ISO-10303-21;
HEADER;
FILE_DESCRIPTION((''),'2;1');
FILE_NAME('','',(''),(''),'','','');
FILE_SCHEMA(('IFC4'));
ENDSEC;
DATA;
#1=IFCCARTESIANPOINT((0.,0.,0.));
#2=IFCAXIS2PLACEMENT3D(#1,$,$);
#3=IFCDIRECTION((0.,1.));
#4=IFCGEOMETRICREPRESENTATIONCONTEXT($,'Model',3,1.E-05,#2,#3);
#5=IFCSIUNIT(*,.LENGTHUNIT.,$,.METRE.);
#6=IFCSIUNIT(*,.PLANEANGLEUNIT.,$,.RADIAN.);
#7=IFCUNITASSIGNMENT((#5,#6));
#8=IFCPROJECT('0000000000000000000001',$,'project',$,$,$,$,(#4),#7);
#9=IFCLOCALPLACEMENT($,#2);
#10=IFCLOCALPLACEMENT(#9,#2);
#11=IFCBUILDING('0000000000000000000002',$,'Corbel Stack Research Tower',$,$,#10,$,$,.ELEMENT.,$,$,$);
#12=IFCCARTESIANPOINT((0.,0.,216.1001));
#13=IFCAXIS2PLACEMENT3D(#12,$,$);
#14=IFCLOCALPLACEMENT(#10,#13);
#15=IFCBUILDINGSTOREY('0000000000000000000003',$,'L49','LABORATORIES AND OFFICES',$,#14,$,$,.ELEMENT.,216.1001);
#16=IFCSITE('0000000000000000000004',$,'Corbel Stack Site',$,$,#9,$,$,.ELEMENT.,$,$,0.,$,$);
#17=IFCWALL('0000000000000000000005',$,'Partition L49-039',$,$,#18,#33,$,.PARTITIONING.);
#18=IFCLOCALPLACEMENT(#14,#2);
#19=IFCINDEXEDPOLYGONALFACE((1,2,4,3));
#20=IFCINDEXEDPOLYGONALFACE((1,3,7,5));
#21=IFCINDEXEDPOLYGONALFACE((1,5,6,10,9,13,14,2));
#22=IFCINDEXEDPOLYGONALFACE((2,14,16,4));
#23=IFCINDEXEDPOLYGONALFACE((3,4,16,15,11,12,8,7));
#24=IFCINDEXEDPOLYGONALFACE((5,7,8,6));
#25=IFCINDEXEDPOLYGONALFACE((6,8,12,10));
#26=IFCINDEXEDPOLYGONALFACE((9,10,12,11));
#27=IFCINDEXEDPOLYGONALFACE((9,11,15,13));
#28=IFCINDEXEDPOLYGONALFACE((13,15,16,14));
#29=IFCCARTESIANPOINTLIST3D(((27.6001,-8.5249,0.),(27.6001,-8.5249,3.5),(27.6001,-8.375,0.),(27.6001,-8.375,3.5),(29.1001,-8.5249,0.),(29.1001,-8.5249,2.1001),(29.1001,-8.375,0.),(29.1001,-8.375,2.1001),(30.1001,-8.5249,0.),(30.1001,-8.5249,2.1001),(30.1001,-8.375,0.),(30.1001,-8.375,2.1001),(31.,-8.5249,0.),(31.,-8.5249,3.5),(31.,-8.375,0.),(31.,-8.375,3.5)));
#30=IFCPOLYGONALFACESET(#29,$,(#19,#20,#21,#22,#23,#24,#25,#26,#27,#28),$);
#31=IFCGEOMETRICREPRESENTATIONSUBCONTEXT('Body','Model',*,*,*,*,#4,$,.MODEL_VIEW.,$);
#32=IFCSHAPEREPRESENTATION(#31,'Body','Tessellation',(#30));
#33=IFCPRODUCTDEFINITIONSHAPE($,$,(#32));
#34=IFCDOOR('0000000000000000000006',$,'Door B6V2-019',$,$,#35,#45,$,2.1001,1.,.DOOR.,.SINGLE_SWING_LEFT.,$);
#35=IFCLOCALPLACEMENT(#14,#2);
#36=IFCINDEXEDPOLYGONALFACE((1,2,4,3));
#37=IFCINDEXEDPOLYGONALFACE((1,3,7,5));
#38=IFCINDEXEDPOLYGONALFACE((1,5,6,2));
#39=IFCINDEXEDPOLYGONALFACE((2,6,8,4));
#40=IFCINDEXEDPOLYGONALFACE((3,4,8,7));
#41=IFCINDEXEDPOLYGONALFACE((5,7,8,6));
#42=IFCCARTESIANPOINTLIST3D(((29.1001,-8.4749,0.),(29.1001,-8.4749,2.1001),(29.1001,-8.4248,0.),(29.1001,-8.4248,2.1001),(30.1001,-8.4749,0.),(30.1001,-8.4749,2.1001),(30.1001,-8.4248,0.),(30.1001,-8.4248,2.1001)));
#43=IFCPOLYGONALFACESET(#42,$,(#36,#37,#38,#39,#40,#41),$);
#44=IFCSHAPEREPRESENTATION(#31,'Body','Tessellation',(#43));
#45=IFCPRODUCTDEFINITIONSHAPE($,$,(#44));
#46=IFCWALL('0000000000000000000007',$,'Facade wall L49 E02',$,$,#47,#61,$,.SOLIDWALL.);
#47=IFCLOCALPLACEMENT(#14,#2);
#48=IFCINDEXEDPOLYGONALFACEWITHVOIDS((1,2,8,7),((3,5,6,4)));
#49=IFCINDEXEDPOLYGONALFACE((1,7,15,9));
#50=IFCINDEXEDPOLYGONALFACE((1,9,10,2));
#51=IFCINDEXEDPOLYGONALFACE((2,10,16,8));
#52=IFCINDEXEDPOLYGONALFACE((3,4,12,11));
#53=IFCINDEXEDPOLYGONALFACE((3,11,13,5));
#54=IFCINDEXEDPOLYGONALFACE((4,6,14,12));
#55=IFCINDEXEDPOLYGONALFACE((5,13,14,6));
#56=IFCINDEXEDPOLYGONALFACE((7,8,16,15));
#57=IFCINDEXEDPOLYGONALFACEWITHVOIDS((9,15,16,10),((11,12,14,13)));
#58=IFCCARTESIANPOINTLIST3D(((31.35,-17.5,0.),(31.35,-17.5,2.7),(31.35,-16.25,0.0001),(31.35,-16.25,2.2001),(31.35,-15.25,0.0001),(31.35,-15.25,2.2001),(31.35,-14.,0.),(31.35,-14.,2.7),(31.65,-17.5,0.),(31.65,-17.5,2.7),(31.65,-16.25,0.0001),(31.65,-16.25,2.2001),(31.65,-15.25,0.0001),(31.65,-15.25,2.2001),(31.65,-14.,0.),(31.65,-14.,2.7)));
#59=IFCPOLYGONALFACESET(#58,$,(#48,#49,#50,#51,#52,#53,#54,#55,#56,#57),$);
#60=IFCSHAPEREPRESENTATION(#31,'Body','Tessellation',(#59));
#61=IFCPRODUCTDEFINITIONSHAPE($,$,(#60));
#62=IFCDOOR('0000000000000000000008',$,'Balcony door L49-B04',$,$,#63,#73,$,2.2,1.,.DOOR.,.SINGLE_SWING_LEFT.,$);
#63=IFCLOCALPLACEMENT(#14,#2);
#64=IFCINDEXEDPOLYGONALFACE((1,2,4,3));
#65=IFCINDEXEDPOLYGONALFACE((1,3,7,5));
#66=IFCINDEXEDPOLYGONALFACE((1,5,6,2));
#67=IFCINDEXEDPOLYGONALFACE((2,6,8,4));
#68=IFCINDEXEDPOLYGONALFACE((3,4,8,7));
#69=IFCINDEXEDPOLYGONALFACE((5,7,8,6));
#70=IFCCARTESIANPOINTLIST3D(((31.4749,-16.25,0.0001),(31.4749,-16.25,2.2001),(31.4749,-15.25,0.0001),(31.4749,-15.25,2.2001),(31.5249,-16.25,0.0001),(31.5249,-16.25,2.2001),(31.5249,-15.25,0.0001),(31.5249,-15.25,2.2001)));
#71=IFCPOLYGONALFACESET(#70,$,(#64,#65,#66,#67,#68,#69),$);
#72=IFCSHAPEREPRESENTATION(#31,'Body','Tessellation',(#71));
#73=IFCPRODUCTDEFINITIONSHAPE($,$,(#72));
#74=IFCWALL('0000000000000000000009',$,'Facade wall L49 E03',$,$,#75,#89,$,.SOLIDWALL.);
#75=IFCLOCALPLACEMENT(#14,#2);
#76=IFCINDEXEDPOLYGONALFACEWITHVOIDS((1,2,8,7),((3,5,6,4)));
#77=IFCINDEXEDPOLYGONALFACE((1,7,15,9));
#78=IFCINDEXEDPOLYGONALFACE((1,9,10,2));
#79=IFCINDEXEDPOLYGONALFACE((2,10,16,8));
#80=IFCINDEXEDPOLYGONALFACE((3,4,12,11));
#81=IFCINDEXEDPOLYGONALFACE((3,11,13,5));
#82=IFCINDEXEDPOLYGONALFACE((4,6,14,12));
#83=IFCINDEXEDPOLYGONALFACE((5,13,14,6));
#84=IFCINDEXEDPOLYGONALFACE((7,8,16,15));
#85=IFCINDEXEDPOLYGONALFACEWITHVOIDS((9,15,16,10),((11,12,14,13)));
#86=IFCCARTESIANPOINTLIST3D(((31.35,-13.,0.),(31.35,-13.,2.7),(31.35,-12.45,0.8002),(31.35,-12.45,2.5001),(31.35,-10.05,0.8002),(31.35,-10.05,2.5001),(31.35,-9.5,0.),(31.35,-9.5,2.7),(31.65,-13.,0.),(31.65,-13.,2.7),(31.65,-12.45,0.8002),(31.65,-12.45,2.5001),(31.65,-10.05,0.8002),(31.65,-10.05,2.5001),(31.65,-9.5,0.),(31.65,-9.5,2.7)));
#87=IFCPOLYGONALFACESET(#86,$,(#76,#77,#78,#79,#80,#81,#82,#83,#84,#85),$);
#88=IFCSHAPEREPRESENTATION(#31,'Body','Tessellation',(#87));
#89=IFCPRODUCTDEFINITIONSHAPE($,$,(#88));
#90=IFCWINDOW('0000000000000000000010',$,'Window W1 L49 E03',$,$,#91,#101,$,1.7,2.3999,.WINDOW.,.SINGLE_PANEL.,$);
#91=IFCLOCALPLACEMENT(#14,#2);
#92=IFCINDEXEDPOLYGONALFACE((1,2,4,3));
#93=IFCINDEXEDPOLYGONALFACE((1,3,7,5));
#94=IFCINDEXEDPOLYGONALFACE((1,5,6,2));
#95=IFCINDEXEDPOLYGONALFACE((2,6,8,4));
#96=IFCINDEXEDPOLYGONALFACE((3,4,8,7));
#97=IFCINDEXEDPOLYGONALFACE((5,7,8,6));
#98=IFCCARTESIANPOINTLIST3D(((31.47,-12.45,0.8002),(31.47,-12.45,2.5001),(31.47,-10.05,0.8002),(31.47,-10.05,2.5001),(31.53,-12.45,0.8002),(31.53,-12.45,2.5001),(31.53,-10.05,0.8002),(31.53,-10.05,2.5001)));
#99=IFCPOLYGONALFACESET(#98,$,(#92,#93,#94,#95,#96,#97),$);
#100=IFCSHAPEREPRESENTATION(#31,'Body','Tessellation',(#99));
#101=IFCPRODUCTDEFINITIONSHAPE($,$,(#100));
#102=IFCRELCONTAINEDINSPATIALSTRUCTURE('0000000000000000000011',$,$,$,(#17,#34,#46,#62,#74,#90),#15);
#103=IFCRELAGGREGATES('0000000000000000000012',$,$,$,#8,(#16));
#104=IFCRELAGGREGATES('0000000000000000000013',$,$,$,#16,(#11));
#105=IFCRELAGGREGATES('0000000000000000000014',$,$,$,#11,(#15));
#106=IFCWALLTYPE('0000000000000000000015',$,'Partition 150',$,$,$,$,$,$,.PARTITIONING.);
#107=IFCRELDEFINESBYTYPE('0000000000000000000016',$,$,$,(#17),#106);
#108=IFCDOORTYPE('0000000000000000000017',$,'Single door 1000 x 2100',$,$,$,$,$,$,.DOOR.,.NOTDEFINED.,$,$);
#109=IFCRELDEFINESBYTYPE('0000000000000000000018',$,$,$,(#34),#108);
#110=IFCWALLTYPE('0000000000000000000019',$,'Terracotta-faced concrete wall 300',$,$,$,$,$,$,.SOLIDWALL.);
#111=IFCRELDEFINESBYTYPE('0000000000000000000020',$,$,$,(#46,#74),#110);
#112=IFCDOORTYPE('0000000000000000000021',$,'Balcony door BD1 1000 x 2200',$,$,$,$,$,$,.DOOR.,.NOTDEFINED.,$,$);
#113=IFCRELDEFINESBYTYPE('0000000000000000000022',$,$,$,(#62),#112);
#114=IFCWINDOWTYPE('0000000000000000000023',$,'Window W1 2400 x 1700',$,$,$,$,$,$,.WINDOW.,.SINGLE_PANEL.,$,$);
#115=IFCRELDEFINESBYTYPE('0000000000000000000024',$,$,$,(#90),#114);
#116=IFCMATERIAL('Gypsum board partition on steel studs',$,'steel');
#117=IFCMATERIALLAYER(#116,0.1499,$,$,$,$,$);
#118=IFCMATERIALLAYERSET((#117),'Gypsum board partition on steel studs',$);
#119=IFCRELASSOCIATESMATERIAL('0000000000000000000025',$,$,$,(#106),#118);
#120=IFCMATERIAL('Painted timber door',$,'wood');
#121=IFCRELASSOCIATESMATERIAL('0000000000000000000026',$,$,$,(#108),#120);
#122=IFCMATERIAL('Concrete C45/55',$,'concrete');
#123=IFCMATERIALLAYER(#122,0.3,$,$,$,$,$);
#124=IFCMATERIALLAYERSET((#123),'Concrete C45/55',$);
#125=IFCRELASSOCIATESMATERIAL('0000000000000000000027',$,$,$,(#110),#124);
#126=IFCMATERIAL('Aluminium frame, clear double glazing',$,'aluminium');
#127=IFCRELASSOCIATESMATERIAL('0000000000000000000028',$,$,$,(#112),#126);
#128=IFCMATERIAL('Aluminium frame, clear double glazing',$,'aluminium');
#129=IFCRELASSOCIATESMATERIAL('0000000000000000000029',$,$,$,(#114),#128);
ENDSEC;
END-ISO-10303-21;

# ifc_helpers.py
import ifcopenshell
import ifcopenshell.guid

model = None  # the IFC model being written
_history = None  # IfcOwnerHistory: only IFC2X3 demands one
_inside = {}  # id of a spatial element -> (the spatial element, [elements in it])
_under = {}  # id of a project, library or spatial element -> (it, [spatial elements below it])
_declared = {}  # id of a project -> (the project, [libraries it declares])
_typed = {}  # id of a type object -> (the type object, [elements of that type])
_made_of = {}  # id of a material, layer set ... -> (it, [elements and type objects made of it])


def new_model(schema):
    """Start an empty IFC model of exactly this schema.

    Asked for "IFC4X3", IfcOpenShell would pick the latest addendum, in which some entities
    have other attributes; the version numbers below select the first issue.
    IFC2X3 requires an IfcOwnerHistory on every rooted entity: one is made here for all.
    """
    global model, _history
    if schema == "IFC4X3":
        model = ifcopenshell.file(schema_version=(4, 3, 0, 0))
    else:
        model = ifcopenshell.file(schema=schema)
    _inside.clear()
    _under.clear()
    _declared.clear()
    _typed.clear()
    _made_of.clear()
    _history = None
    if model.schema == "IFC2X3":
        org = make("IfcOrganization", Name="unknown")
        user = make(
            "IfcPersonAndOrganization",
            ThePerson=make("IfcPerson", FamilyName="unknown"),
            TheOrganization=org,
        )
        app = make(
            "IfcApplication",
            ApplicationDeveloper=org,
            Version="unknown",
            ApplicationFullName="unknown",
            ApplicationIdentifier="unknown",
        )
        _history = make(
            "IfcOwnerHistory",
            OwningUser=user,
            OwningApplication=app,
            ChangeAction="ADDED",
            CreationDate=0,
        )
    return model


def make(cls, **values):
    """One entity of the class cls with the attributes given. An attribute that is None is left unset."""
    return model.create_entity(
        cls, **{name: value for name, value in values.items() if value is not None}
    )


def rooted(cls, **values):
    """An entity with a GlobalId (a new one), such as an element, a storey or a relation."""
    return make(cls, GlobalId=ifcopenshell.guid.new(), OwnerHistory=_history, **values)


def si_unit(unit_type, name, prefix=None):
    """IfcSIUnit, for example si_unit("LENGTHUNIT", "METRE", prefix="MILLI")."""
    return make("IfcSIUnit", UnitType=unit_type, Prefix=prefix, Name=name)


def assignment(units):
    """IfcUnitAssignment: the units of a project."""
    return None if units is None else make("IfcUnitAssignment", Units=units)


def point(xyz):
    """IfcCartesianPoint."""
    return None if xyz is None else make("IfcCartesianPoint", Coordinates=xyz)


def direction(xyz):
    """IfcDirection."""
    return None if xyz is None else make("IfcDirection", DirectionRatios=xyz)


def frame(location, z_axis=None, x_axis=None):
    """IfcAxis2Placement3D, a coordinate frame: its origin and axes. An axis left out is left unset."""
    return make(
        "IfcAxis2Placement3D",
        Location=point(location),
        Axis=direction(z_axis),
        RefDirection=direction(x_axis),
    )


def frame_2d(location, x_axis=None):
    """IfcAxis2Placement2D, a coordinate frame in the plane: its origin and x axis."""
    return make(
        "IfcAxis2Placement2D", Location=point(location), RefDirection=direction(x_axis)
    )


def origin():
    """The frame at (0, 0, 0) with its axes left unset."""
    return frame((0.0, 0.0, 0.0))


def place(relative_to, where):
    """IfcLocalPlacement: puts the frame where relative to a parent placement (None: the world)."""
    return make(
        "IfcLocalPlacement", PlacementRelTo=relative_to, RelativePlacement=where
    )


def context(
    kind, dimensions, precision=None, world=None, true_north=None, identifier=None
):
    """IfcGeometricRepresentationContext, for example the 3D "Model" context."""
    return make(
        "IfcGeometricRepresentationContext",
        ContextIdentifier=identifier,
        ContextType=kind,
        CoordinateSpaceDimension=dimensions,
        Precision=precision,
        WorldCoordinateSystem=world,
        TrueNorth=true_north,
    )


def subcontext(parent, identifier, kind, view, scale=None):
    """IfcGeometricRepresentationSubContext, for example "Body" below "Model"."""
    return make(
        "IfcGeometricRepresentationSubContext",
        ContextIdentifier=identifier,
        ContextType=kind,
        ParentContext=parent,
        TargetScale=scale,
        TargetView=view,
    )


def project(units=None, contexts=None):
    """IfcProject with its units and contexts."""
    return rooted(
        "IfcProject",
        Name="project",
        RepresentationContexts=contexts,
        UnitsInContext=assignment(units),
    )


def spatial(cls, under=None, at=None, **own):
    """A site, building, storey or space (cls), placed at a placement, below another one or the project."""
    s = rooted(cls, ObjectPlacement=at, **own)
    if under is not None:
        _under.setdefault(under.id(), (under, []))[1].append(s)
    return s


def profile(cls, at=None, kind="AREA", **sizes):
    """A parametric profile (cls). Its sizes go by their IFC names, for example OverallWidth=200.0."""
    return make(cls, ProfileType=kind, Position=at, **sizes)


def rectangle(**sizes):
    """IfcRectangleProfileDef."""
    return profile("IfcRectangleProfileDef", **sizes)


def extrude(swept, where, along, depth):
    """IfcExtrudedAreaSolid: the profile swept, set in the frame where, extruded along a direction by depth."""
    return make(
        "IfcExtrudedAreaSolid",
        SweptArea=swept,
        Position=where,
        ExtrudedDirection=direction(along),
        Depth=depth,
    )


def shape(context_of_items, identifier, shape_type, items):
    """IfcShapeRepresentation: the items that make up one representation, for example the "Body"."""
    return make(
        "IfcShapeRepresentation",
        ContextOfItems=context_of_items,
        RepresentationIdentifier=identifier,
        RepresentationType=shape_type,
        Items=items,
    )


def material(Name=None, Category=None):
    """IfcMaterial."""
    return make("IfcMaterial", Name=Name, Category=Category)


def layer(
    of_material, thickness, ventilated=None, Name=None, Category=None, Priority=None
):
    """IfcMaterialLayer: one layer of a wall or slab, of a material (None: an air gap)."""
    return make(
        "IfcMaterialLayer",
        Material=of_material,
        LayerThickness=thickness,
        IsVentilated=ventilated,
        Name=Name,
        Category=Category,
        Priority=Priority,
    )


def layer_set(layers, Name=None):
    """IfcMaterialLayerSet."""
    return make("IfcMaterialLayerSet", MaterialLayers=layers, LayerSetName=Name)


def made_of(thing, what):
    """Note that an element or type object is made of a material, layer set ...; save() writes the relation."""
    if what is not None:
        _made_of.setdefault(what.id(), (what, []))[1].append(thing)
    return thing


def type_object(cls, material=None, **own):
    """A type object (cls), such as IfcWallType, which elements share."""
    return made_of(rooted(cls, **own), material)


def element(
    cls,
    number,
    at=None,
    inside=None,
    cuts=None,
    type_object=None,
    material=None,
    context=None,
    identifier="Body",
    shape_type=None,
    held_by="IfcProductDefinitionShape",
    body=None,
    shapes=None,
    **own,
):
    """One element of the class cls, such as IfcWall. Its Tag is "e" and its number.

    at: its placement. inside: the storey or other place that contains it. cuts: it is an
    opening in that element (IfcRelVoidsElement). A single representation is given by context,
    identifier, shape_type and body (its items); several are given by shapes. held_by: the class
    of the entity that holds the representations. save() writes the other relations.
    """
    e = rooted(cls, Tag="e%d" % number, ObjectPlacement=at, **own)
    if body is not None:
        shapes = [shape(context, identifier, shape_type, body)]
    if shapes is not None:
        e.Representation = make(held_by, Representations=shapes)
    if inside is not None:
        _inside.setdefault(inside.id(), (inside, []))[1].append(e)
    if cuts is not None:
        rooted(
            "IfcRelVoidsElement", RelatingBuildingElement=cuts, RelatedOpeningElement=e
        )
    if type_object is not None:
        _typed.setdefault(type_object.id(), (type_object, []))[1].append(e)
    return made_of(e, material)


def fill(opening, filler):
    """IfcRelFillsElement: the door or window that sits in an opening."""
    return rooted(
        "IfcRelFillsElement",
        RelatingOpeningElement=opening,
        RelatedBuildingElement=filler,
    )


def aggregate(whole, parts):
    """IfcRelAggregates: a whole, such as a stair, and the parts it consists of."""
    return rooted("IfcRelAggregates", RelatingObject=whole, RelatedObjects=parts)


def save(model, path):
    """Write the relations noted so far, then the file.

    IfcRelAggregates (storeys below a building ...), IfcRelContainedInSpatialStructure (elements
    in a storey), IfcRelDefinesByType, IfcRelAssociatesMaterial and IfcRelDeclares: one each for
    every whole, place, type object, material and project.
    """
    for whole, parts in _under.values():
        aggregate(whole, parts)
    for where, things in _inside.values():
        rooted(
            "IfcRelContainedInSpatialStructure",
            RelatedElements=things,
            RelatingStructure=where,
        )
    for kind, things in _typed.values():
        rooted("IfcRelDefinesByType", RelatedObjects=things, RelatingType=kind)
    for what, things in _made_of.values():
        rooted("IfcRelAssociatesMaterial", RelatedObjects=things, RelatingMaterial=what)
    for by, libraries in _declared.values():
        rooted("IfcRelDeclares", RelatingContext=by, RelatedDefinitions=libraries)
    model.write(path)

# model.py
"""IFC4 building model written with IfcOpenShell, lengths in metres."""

from ifc_helpers import new_model, si_unit, direction, frame, frame_2d, origin, place, context, subcontext, project, spatial, rectangle, extrude, material, layer, layer_set, type_object, element, fill, save


model = new_model("IFC4")

# Units and contexts
model_context = context("Model", 3, precision=1e-05, world=origin(), true_north=direction((0.0, 1.0)))
body_context = subcontext(model_context, "Body", "Model", "MODEL_VIEW")
ifc_project = project(units=[si_unit("LENGTHUNIT", "METRE"), si_unit("PLANEANGLEUNIT", "RADIAN")], contexts=[model_context])

# Site, building, storey
site_placement = place(None, origin())
site = spatial("IfcSite", under=ifc_project, at=site_placement, Name="Corbel Stack Site", CompositionType="ELEMENT", RefElevation=0.0)
building_placement = place(site_placement, origin())
building = spatial("IfcBuilding", under=site, at=building_placement, Name="Corbel Stack Research Tower", CompositionType="ELEMENT")
storey_placement = place(building_placement, frame((0.0, 0.0, 216.1001)))
storey = spatial("IfcBuildingStorey", under=building, at=storey_placement, Name="L49", Description="LABORATORIES AND OFFICES", CompositionType="ELEMENT", Elevation=216.1001)

# Shared definitions
ifc_material_1 = material(Name="Gypsum board partition on steel studs", Category="steel")
ifc_layer_1 = layer(ifc_material_1, 0.1499)
ifc_layer_set_1 = layer_set([ifc_layer_1], Name="Gypsum board partition on steel studs")
wall_type_1 = type_object("IfcWallType", Name="Partition 150", PredefinedType="PARTITIONING", material=ifc_layer_set_1)

# Walls, openings, doors
ifc_material_2 = material(Name="Painted timber door", Category="wood")
door_type_1 = type_object("IfcDoorType", Name="Single door 1000 x 2100", OperationType="NOTDEFINED", PredefinedType="DOOR", material=ifc_material_2)
wall_1_placement = place(storey_placement, frame((31.0, -8.45, 0.0), z_axis=(0.0, 0.0, 1.0), x_axis=(-1.0, 0.0, 0.0)))
wall_1 = element("IfcWall", 1, at=wall_1_placement, inside=storey, type_object=wall_type_1, Name="Partition L49-039", PredefinedType="PARTITIONING", context=body_context, shape_type="SweptSolid", body=[
    extrude(rectangle(XDim=3.3999, YDim=0.1499, at=frame_2d((1.7, 0.0))), origin(), (0.0, 0.0, 1.0), 3.5),
])
opening_1_placement = place(wall_1_placement, frame((0.8999, 0.0, 0.0)))
opening_1 = element("IfcOpeningElement", 2, at=opening_1_placement, cuts=wall_1, PredefinedType="OPENING", context=body_context, shape_type="SweptSolid", body=[
    extrude(rectangle(XDim=1.0, YDim=2.1001, at=frame_2d((0.5, 1.05))), frame((0.0, 0.085, 0.0), z_axis=(0.0, -1.0, 0.0), x_axis=(1.0, 0.0, 0.0)), (0.0, 0.0, 1.0), 0.1699),
])
door_1_placement = place(opening_1_placement, origin())
door_1 = element("IfcDoor", 3, at=door_1_placement, inside=storey, type_object=door_type_1, Name="Door B6V2-019", OperationType="SINGLE_SWING_LEFT", OverallHeight=2.1001, OverallWidth=1.0, PredefinedType="DOOR", context=body_context, shape_type="SweptSolid", body=[
    extrude(rectangle(XDim=1.0, YDim=2.1001, at=frame_2d((0.5, 1.05))), frame((0.0, 0.0249, 0.0), z_axis=(0.0, -1.0, 0.0), x_axis=(1.0, 0.0, 0.0)), (0.0, 0.0, 1.0), 0.05),
])
fill(opening_1, door_1)
ifc_material_3 = material(Name="Concrete C45/55", Category="concrete")
ifc_layer_2 = layer(ifc_material_3, 0.3)
ifc_layer_set_2 = layer_set([ifc_layer_2], Name="Concrete C45/55")
wall_type_2 = type_object("IfcWallType", Name="Terracotta-faced concrete wall 300", PredefinedType="SOLIDWALL", material=ifc_layer_set_2)
wall_2_placement = place(storey_placement, frame((31.5, -14.0, 0.0), z_axis=(0.0, 0.0, 1.0), x_axis=(0.0, -1.0, 0.0)))
wall_2 = element("IfcWall", 4, at=wall_2_placement, inside=storey, type_object=wall_type_2, Name="Facade wall L49 E02", PredefinedType="SOLIDWALL", context=body_context, shape_type="SweptSolid", body=[
    extrude(rectangle(XDim=3.5, YDim=0.3, at=frame_2d((1.75, 0.0))), origin(), (0.0, 0.0, 1.0), 2.7),
])
opening_2_placement = place(wall_2_placement, frame((1.25, 0.0, 0.0)))
opening_2 = element("IfcOpeningElement", 5, at=opening_2_placement, cuts=wall_2, PredefinedType="OPENING", context=body_context, shape_type="SweptSolid", body=[
    extrude(rectangle(XDim=1.0, YDim=2.2, at=frame_2d((0.5, 1.1001))), frame((0.0, 0.1599, 0.0), z_axis=(0.0, -1.0, 0.0), x_axis=(1.0, 0.0, 0.0)), (0.0, 0.0, 1.0), 0.3201),
])
ifc_material_4 = material(Name="Aluminium frame, clear double glazing", Category="aluminium")
door_type_2 = type_object("IfcDoorType", Name="Balcony door BD1 1000 x 2200", OperationType="NOTDEFINED", PredefinedType="DOOR", material=ifc_material_4)
door_2_placement = place(opening_2_placement, origin())
door_2 = element("IfcDoor", 6, at=door_2_placement, inside=storey, type_object=door_type_2, Name="Balcony door L49-B04", OperationType="SINGLE_SWING_LEFT", OverallHeight=2.2, OverallWidth=1.0, PredefinedType="DOOR", context=body_context, shape_type="SweptSolid", body=[
    extrude(rectangle(XDim=1.0, YDim=2.2, at=frame_2d((0.5, 1.1001))), frame((0.0, 0.0249, 0.0), z_axis=(0.0, -1.0, 0.0), x_axis=(1.0, 0.0, 0.0)), (0.0, 0.0, 1.0), 0.05),
])
fill(opening_2, door_2)

# Wall, opening, window
wall_3_placement = place(storey_placement, frame((31.5, -9.5, 0.0), z_axis=(0.0, 0.0, 1.0), x_axis=(0.0, -1.0, 0.0)))
wall_3 = element("IfcWall", 7, at=wall_3_placement, inside=storey, type_object=wall_type_2, Name="Facade wall L49 E03", PredefinedType="SOLIDWALL", context=body_context, shape_type="SweptSolid", body=[
    extrude(rectangle(XDim=3.5, YDim=0.3, at=frame_2d((1.75, 0.0))), origin(), (0.0, 0.0, 1.0), 2.7),
])
opening_3_placement = place(wall_3_placement, frame((0.55, 0.0, 0.8)))
opening_3 = element("IfcOpeningElement", 8, at=opening_3_placement, cuts=wall_3, PredefinedType="OPENING", context=body_context, shape_type="SweptSolid", body=[
    extrude(rectangle(XDim=2.3999, YDim=1.7, at=frame_2d((1.2, 0.8501))), frame((0.0, 0.1599, 0.0), z_axis=(0.0, -1.0, 0.0), x_axis=(1.0, 0.0, 0.0)), (0.0, 0.0, 1.0), 0.3201),
])
ifc_material_5 = material(Name="Aluminium frame, clear double glazing", Category="aluminium")
window_type = type_object("IfcWindowType", Name="Window W1 2400 x 1700", PartitioningType="SINGLE_PANEL", PredefinedType="WINDOW", material=ifc_material_5)
window_placement = place(opening_3_placement, origin())
window = element("IfcWindow", 9, at=window_placement, inside=storey, type_object=window_type, Name="Window W1 L49 E03", OverallHeight=1.7, OverallWidth=2.3999, PartitioningType="SINGLE_PANEL", PredefinedType="WINDOW", context=body_context, shape_type="SweptSolid", body=[
    extrude(rectangle(XDim=2.3999, YDim=1.7, at=frame_2d((1.2, 0.8501))), frame((0.0, 0.03, 0.0), z_axis=(0.0, -1.0, 0.0), x_axis=(1.0, 0.0, 0.0)), (0.0, 0.0, 1.0), 0.0601),
])
fill(opening_3, window)

save(model, "model.ifc")
